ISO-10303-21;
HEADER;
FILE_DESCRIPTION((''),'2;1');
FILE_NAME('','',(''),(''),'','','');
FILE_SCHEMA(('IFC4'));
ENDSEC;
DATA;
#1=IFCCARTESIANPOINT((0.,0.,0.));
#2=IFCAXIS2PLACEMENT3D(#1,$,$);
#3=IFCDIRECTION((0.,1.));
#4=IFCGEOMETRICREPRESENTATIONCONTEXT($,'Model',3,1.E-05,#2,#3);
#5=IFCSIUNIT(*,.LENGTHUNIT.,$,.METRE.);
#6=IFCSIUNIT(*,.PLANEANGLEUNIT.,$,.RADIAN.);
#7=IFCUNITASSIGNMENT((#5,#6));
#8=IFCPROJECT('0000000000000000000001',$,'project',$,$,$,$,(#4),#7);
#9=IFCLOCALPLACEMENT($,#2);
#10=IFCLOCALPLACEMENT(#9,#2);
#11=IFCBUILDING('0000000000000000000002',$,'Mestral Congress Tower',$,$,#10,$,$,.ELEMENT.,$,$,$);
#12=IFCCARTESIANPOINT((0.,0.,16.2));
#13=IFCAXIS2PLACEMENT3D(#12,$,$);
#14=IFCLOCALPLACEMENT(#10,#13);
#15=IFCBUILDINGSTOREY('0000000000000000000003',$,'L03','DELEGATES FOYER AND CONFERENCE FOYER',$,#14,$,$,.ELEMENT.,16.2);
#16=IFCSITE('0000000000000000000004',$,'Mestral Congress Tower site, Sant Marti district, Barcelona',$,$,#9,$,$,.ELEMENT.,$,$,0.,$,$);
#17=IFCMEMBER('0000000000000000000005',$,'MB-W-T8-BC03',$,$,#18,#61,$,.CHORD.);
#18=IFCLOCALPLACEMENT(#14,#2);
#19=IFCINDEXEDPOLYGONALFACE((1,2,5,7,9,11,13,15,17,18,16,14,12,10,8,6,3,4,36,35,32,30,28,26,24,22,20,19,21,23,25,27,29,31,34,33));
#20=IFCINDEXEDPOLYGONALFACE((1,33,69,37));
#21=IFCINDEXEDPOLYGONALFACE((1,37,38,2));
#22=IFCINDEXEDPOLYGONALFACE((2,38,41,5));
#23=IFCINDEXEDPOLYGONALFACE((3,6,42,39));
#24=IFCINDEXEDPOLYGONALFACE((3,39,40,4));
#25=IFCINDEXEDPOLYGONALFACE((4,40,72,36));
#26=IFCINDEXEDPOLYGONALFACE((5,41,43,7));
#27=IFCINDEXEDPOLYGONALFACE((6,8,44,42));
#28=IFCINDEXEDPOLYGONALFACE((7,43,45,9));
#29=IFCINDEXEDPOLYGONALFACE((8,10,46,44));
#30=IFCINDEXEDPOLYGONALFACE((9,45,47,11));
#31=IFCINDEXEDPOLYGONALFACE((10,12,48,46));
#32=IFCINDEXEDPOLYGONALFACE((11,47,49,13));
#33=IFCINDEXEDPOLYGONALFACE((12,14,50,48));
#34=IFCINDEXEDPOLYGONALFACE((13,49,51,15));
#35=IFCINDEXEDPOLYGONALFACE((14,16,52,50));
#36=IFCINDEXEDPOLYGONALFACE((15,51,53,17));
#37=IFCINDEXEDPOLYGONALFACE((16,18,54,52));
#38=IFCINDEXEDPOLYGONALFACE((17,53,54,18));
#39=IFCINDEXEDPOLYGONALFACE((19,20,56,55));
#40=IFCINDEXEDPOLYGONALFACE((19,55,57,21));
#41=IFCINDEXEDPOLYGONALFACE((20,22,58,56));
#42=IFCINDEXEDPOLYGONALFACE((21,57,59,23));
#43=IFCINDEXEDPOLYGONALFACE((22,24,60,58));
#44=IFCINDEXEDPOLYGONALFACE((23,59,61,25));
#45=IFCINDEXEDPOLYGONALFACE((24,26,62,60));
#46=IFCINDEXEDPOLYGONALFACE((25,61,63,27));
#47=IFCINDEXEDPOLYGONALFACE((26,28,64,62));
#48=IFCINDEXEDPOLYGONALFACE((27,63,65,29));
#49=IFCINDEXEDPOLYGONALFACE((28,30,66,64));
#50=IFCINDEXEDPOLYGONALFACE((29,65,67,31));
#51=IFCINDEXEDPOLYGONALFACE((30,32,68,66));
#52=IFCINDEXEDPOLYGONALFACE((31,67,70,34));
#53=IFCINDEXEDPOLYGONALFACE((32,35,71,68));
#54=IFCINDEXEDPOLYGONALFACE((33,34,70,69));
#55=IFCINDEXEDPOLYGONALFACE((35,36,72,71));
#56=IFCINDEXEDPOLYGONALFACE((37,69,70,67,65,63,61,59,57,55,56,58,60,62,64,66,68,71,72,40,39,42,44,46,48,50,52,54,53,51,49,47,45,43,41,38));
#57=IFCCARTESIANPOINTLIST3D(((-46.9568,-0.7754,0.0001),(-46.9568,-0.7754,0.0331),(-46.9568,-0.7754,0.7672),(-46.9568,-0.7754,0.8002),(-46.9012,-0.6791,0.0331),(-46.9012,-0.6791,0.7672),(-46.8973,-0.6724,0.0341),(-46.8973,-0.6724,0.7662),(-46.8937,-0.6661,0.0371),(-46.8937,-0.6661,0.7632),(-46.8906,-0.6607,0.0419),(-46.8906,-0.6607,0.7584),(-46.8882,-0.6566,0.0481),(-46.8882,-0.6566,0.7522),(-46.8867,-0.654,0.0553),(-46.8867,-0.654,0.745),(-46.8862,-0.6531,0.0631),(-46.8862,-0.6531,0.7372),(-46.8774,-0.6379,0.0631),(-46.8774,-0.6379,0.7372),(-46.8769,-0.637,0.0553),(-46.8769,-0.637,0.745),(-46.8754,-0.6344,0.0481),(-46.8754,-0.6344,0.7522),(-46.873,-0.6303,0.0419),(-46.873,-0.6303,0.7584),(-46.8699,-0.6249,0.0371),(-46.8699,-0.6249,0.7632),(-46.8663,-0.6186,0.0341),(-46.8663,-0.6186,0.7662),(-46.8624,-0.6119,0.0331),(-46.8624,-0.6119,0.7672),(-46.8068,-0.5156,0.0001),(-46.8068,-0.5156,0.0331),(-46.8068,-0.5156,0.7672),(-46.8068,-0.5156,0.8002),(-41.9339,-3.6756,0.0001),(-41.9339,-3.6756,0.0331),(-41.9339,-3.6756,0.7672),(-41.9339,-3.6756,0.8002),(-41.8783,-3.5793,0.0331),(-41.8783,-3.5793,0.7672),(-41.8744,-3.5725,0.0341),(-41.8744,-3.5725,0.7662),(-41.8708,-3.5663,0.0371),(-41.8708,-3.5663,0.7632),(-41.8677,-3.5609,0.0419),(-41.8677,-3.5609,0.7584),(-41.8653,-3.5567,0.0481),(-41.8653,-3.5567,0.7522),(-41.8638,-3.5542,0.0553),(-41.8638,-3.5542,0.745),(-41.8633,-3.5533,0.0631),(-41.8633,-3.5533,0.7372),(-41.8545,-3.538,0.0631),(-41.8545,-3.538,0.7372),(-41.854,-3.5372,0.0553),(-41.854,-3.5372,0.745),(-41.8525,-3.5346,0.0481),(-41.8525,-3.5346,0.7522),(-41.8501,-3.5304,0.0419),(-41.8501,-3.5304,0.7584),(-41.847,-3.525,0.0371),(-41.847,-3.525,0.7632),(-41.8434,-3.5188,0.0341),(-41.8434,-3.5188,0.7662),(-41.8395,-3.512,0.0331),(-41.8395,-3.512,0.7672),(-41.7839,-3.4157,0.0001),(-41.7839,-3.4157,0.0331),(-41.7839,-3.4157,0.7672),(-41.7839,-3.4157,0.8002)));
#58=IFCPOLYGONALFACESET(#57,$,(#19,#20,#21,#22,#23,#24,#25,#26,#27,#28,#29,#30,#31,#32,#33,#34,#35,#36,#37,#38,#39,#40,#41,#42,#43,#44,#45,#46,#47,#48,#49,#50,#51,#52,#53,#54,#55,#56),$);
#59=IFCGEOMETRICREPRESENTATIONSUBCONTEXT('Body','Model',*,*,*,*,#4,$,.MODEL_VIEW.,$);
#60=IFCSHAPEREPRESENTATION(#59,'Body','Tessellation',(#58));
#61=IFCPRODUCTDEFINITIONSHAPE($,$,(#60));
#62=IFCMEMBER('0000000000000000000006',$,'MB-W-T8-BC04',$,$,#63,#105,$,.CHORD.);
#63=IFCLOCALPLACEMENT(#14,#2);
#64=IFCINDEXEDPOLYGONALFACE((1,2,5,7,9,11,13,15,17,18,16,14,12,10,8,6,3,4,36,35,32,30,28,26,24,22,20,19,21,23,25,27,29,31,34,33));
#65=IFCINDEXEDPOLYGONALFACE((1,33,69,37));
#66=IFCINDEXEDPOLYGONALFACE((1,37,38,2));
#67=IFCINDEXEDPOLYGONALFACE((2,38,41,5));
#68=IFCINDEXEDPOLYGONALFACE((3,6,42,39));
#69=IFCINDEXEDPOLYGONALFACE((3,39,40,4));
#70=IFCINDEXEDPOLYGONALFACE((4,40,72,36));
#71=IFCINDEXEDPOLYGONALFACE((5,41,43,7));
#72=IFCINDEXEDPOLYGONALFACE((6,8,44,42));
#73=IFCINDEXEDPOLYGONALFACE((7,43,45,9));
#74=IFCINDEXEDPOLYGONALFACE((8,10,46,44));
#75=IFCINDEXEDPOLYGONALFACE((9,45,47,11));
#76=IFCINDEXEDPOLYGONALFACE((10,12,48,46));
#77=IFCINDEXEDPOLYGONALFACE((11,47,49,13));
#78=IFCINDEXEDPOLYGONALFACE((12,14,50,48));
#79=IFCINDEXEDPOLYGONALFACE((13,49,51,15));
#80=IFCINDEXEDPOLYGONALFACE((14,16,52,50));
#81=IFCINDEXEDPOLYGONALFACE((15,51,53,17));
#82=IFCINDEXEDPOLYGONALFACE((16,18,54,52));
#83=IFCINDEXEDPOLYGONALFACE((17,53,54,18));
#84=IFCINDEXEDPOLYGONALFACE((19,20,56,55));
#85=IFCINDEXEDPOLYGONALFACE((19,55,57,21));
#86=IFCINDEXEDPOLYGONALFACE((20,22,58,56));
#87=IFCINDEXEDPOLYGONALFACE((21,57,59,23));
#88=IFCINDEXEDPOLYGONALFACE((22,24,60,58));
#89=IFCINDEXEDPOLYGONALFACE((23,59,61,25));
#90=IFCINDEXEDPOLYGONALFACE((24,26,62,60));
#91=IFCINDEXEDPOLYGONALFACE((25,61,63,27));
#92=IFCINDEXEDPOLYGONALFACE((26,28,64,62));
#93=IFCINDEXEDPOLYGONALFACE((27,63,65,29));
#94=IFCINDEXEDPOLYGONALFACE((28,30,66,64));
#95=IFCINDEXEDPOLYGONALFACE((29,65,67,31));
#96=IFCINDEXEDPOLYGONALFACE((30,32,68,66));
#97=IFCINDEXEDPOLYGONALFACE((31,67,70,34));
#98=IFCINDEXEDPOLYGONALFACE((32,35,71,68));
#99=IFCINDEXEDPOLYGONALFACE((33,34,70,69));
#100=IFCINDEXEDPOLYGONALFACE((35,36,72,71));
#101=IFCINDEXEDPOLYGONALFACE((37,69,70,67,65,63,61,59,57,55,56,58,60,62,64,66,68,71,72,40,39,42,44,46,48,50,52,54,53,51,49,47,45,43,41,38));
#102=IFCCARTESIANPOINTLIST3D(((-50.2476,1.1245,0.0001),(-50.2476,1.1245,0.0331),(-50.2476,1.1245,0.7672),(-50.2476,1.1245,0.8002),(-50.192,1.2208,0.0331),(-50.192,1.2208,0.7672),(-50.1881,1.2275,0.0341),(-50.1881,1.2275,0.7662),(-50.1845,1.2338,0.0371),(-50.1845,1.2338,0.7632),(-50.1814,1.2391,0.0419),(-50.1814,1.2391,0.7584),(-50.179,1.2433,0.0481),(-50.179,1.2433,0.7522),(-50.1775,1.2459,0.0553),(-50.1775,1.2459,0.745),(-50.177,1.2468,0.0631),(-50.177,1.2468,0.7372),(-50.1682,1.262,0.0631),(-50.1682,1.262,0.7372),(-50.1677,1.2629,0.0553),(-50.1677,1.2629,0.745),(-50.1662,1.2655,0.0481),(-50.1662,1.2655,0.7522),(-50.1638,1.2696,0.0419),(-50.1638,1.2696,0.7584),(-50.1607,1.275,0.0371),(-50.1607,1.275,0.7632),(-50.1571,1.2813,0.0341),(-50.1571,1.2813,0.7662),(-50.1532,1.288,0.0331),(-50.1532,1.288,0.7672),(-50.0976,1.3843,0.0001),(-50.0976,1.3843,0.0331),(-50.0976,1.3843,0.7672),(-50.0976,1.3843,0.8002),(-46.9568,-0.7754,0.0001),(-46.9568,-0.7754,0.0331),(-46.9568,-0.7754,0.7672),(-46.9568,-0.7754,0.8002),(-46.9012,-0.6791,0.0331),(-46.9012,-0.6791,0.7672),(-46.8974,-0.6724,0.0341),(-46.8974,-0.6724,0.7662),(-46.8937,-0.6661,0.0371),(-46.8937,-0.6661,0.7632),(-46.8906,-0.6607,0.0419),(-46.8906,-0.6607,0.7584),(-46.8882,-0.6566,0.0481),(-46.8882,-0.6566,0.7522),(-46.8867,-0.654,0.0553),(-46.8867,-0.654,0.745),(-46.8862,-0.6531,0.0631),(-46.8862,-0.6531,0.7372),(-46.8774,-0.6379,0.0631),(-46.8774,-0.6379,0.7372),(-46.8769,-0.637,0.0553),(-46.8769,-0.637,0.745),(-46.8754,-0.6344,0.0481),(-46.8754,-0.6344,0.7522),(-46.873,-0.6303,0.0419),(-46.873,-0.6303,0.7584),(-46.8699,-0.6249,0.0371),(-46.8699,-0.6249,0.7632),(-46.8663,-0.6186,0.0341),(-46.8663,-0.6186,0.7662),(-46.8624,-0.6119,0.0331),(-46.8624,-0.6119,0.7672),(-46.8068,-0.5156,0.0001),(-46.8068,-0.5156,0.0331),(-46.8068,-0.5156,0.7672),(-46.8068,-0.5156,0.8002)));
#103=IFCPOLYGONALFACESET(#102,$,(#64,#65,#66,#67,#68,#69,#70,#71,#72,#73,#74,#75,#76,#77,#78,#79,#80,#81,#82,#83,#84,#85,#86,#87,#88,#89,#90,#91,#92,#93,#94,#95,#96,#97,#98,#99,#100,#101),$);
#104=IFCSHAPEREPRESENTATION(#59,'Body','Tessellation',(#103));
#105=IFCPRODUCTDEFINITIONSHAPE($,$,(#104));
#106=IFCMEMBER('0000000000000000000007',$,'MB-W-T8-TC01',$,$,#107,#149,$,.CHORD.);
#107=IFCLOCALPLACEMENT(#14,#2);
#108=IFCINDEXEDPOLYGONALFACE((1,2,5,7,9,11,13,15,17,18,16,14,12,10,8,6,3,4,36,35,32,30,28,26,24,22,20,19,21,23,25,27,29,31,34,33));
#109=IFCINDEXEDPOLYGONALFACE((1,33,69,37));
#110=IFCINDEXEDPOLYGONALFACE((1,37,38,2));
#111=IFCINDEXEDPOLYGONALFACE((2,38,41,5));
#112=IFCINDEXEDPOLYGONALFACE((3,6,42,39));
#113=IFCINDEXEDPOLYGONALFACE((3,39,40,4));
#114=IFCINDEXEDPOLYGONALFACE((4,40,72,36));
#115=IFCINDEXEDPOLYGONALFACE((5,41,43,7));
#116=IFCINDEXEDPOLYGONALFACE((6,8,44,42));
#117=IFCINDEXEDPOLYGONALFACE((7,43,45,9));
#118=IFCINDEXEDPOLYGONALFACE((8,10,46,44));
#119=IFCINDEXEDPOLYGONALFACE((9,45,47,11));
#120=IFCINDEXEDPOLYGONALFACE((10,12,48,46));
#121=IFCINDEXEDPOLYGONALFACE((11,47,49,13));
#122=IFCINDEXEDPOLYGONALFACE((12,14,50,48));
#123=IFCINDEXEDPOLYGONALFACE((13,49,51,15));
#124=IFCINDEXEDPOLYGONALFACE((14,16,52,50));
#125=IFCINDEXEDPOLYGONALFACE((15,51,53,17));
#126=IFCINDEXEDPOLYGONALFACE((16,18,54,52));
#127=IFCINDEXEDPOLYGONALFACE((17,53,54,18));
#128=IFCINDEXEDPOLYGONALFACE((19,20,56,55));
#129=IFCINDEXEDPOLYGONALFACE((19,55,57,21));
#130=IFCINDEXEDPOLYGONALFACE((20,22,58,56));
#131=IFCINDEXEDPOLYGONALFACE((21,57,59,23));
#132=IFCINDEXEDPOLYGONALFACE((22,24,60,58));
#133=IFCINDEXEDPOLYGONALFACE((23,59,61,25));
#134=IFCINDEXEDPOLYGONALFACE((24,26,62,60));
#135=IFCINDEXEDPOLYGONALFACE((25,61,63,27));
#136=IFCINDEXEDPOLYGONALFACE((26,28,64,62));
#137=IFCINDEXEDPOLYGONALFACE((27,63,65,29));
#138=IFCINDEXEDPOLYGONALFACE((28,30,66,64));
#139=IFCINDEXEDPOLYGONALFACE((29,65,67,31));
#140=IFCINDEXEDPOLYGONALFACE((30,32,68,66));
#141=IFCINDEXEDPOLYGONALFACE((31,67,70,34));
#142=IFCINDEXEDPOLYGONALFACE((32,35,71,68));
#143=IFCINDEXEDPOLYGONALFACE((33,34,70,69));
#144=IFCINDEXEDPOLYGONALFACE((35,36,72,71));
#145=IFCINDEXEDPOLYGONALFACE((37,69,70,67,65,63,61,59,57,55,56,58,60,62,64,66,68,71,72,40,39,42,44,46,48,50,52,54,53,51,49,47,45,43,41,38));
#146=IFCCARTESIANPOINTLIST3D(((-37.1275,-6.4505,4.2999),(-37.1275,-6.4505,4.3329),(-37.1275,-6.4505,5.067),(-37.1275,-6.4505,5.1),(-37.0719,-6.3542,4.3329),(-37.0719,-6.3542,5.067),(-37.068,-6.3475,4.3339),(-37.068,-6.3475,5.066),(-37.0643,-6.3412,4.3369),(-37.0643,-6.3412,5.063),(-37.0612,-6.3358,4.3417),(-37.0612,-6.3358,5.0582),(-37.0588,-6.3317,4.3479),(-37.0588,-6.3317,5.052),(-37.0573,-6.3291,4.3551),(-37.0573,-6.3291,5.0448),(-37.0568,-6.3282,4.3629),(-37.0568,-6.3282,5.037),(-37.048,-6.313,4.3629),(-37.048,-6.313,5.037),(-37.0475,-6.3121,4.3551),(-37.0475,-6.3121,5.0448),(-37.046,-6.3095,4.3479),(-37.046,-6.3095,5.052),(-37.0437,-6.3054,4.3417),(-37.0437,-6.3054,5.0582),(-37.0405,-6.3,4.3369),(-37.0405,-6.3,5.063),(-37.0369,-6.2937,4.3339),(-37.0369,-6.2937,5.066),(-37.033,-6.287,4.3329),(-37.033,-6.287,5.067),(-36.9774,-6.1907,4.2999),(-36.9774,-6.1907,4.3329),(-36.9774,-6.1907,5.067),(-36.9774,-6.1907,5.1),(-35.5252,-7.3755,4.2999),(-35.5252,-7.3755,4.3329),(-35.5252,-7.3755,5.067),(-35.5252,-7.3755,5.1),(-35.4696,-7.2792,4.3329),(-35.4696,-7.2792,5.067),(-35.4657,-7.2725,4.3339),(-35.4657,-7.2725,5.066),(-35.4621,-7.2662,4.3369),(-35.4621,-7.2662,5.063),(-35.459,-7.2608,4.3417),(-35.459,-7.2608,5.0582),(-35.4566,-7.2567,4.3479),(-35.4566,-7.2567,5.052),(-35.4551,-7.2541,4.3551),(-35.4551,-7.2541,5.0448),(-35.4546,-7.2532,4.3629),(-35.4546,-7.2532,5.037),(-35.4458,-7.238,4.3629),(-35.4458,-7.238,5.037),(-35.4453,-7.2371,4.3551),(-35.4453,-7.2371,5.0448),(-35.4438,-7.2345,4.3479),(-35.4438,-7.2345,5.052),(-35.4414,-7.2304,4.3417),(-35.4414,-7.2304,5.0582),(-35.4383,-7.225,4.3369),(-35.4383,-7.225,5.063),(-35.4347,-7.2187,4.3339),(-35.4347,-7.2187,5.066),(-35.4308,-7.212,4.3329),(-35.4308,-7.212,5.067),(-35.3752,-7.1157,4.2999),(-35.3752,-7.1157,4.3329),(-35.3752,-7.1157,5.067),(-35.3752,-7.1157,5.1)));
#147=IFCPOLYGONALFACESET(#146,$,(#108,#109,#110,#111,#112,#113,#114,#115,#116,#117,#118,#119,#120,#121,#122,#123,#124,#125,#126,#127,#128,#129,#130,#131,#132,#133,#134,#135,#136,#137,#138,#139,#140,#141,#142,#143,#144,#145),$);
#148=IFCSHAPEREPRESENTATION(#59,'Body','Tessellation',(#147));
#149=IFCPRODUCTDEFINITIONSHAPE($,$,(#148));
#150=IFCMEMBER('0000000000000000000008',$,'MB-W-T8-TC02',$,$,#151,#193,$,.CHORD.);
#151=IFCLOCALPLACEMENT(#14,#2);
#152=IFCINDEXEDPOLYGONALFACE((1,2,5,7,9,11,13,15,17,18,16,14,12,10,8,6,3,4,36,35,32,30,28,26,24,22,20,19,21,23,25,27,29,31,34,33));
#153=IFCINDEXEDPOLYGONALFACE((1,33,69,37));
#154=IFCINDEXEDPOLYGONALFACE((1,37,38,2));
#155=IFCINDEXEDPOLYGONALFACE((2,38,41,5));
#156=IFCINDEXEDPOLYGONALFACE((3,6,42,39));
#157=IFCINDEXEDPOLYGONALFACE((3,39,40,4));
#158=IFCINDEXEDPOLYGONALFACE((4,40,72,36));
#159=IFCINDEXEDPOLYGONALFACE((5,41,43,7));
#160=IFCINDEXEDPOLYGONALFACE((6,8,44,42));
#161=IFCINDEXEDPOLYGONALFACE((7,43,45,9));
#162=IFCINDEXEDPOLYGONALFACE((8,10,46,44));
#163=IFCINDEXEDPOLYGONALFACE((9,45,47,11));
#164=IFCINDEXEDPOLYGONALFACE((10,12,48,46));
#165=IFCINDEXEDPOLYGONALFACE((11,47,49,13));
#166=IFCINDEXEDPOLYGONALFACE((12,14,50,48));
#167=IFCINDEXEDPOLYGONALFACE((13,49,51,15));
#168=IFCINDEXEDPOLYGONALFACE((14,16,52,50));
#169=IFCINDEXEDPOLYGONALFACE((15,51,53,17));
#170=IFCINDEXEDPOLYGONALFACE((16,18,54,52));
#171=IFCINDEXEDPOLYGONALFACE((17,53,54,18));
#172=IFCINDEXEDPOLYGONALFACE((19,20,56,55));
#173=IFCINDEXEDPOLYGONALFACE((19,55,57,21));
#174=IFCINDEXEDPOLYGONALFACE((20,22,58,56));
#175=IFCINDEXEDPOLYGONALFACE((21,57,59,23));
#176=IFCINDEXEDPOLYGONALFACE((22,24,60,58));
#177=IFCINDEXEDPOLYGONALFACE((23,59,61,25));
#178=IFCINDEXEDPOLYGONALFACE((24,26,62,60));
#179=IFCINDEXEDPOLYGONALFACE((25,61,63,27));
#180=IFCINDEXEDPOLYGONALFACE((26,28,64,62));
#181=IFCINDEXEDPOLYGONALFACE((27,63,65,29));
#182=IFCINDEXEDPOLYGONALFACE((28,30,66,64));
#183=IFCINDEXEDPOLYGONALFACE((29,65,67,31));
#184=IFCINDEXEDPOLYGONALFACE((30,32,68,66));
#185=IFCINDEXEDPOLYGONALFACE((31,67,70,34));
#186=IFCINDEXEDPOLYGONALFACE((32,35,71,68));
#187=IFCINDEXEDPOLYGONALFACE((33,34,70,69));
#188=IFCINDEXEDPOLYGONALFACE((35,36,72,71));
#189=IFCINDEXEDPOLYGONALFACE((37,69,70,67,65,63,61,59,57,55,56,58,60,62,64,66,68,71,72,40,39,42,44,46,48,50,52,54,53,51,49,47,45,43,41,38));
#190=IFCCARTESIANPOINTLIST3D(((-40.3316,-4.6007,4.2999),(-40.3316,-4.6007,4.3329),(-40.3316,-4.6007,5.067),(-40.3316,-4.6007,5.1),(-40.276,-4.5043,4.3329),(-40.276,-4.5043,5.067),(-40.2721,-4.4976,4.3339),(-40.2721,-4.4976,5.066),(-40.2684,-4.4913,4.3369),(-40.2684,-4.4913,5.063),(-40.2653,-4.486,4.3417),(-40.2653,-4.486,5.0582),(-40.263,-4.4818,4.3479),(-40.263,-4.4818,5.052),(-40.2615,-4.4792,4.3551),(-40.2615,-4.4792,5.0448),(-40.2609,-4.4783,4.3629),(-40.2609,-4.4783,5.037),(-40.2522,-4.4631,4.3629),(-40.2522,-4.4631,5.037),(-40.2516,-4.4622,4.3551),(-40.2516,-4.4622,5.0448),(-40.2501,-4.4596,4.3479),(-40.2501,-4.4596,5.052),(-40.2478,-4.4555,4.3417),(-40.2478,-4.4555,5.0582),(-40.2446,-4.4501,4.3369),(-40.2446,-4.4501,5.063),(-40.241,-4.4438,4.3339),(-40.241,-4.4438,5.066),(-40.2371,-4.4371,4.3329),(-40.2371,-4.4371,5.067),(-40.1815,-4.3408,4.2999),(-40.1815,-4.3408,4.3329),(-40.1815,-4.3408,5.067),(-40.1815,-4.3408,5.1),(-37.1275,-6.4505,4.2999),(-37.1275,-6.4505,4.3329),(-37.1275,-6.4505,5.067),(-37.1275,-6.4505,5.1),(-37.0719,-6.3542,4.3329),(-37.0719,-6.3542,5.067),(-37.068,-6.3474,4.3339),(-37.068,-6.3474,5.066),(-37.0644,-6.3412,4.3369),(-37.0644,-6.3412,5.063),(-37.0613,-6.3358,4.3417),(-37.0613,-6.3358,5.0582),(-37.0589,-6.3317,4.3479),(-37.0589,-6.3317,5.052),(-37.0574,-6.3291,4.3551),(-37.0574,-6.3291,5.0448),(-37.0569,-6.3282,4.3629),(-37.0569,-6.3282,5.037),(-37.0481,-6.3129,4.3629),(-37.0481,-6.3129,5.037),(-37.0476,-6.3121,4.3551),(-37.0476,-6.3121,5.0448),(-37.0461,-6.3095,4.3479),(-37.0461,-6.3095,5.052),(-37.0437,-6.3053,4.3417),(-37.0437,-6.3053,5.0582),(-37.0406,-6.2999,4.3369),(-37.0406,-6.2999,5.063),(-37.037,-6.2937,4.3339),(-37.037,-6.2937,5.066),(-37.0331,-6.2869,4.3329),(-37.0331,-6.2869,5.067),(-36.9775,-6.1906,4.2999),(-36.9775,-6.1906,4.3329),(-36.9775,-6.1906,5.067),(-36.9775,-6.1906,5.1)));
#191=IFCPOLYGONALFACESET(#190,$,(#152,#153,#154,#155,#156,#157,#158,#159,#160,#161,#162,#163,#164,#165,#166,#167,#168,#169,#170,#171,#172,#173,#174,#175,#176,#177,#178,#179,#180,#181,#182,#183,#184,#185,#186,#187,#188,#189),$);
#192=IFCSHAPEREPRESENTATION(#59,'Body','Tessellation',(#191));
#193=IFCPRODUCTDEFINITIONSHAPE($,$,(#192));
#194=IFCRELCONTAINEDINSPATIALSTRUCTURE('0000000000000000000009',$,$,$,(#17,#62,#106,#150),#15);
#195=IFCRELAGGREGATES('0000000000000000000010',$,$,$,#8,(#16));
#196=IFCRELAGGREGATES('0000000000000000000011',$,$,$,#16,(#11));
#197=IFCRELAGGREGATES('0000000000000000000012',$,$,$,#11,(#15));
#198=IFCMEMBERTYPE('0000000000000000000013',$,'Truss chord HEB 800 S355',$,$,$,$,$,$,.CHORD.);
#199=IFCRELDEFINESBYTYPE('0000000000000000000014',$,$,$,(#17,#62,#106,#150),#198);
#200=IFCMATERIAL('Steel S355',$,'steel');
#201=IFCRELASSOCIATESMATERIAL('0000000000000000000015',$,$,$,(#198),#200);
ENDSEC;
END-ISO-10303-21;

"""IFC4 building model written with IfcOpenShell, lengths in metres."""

from ifc_helpers import new_model, si_unit, direction, frame, origin, origin_2d, place, context, subcontext, project, spatial, i_section, extrude, material, material_profile, profile_set, type_object, element, save


model = new_model("IFC4")

# Units and contexts
model_context = context("Model", 3, precision=1e-05, world=origin(), true_north=direction((0.0, 1.0)))
body_context = subcontext(model_context, "Body", "Model", "MODEL_VIEW")
ifc_project = project(units=[si_unit("LENGTHUNIT", "METRE"), si_unit("PLANEANGLEUNIT", "RADIAN")], contexts=[model_context])

# Site, building, storey
site_placement = place(None, origin())
site = spatial("IfcSite", under=ifc_project, at=site_placement, Name="Mestral Congress Tower site, Sant Marti district, Barcelona", CompositionType="ELEMENT", RefElevation=0.0)
building_placement = place(site_placement, origin())
building = spatial("IfcBuilding", under=site, at=building_placement, Name="Mestral Congress Tower", CompositionType="ELEMENT")
storey_placement = place(building_placement, frame((0.0, 0.0, 16.2)))
storey = spatial("IfcBuildingStorey", under=building, at=storey_placement, Name="L03", Description="DELEGATES FOYER AND CONFERENCE FOYER", CompositionType="ELEMENT", Elevation=16.2)

# Shared definitions
ifc_material_1 = material(Name="Steel S355", Category="steel")

# Members
ifc_material_profile_1 = material_profile(ifc_material_1, i_section(OverallWidth=0.3, OverallDepth=0.8, WebThickness=0.0176, FlangeThickness=0.033, FilletRadius=0.03, at=origin_2d()), Name="HEB 800")
ifc_profile_set_1 = profile_set([ifc_material_profile_1], Name="Steel S355")
member_type_1 = type_object("IfcMemberType", Name="Truss chord HEB 800 S355", PredefinedType="CHORD", material=ifc_profile_set_1)
member_1_placement = place(storey_placement, frame((-41.8589, -3.5457, 0.4001), z_axis=(-0.866015, 0.500019, 0.0), x_axis=(-0.500019, -0.866015, 0.0)))
element("IfcMember", 1, at=member_1_placement, inside=storey, type_object=member_type_1, Name="MB-W-T8-BC03", PredefinedType="CHORD", context=body_context, shape_type="SweptSolid", body=[
    extrude(i_section(OverallWidth=0.3, OverallDepth=0.8, WebThickness=0.0176, FlangeThickness=0.033, FilletRadius=0.03, at=origin_2d()), origin(), (0.0, 0.0, 1.0), 5.8),
])
member_2_placement = place(storey_placement, frame((-46.8818, -0.6455, 0.4001), z_axis=(-0.866028, 0.499995, 0.0), x_axis=(-0.499995, -0.866028, 0.0)))
element("IfcMember", 2, at=member_2_placement, inside=storey, type_object=member_type_1, Name="MB-W-T8-BC04", PredefinedType="CHORD", context=body_context, shape_type="SweptSolid", body=[
    extrude(i_section(OverallWidth=0.3, OverallDepth=0.8, WebThickness=0.0176, FlangeThickness=0.033, FilletRadius=0.03, at=origin_2d()), origin(), (0.0, 0.0, 1.0), 3.7998),
])
member_3_placement = place(storey_placement, frame((-35.4502, -7.2456, 4.7), z_axis=(-0.866034, 0.499985, 0.0), x_axis=(-0.499985, -0.866034, 0.0)))
element("IfcMember", 3, at=member_3_placement, inside=storey, type_object=member_type_1, Name="MB-W-T8-TC01", PredefinedType="CHORD", context=body_context, shape_type="SweptSolid", body=[
    extrude(i_section(OverallWidth=0.3, OverallDepth=0.8, WebThickness=0.0176, FlangeThickness=0.033, FilletRadius=0.03, at=origin_2d()), origin(), (0.0, 0.0, 1.0), 1.8501),
])
member_4_placement = place(storey_placement, frame((-37.0525, -6.3206, 4.7), z_axis=(-0.86603, 0.499993, 0.0), x_axis=(-0.499993, -0.86603, 0.0)))
element("IfcMember", 4, at=member_4_placement, inside=storey, type_object=member_type_1, Name="MB-W-T8-TC02", PredefinedType="CHORD", context=body_context, shape_type="SweptSolid", body=[
    extrude(i_section(OverallWidth=0.3, OverallDepth=0.8, WebThickness=0.0176, FlangeThickness=0.033, FilletRadius=0.03, at=origin_2d()), origin(), (0.0, 0.0, 1.0), 3.6997),
])

save(model, "model.ifc")
